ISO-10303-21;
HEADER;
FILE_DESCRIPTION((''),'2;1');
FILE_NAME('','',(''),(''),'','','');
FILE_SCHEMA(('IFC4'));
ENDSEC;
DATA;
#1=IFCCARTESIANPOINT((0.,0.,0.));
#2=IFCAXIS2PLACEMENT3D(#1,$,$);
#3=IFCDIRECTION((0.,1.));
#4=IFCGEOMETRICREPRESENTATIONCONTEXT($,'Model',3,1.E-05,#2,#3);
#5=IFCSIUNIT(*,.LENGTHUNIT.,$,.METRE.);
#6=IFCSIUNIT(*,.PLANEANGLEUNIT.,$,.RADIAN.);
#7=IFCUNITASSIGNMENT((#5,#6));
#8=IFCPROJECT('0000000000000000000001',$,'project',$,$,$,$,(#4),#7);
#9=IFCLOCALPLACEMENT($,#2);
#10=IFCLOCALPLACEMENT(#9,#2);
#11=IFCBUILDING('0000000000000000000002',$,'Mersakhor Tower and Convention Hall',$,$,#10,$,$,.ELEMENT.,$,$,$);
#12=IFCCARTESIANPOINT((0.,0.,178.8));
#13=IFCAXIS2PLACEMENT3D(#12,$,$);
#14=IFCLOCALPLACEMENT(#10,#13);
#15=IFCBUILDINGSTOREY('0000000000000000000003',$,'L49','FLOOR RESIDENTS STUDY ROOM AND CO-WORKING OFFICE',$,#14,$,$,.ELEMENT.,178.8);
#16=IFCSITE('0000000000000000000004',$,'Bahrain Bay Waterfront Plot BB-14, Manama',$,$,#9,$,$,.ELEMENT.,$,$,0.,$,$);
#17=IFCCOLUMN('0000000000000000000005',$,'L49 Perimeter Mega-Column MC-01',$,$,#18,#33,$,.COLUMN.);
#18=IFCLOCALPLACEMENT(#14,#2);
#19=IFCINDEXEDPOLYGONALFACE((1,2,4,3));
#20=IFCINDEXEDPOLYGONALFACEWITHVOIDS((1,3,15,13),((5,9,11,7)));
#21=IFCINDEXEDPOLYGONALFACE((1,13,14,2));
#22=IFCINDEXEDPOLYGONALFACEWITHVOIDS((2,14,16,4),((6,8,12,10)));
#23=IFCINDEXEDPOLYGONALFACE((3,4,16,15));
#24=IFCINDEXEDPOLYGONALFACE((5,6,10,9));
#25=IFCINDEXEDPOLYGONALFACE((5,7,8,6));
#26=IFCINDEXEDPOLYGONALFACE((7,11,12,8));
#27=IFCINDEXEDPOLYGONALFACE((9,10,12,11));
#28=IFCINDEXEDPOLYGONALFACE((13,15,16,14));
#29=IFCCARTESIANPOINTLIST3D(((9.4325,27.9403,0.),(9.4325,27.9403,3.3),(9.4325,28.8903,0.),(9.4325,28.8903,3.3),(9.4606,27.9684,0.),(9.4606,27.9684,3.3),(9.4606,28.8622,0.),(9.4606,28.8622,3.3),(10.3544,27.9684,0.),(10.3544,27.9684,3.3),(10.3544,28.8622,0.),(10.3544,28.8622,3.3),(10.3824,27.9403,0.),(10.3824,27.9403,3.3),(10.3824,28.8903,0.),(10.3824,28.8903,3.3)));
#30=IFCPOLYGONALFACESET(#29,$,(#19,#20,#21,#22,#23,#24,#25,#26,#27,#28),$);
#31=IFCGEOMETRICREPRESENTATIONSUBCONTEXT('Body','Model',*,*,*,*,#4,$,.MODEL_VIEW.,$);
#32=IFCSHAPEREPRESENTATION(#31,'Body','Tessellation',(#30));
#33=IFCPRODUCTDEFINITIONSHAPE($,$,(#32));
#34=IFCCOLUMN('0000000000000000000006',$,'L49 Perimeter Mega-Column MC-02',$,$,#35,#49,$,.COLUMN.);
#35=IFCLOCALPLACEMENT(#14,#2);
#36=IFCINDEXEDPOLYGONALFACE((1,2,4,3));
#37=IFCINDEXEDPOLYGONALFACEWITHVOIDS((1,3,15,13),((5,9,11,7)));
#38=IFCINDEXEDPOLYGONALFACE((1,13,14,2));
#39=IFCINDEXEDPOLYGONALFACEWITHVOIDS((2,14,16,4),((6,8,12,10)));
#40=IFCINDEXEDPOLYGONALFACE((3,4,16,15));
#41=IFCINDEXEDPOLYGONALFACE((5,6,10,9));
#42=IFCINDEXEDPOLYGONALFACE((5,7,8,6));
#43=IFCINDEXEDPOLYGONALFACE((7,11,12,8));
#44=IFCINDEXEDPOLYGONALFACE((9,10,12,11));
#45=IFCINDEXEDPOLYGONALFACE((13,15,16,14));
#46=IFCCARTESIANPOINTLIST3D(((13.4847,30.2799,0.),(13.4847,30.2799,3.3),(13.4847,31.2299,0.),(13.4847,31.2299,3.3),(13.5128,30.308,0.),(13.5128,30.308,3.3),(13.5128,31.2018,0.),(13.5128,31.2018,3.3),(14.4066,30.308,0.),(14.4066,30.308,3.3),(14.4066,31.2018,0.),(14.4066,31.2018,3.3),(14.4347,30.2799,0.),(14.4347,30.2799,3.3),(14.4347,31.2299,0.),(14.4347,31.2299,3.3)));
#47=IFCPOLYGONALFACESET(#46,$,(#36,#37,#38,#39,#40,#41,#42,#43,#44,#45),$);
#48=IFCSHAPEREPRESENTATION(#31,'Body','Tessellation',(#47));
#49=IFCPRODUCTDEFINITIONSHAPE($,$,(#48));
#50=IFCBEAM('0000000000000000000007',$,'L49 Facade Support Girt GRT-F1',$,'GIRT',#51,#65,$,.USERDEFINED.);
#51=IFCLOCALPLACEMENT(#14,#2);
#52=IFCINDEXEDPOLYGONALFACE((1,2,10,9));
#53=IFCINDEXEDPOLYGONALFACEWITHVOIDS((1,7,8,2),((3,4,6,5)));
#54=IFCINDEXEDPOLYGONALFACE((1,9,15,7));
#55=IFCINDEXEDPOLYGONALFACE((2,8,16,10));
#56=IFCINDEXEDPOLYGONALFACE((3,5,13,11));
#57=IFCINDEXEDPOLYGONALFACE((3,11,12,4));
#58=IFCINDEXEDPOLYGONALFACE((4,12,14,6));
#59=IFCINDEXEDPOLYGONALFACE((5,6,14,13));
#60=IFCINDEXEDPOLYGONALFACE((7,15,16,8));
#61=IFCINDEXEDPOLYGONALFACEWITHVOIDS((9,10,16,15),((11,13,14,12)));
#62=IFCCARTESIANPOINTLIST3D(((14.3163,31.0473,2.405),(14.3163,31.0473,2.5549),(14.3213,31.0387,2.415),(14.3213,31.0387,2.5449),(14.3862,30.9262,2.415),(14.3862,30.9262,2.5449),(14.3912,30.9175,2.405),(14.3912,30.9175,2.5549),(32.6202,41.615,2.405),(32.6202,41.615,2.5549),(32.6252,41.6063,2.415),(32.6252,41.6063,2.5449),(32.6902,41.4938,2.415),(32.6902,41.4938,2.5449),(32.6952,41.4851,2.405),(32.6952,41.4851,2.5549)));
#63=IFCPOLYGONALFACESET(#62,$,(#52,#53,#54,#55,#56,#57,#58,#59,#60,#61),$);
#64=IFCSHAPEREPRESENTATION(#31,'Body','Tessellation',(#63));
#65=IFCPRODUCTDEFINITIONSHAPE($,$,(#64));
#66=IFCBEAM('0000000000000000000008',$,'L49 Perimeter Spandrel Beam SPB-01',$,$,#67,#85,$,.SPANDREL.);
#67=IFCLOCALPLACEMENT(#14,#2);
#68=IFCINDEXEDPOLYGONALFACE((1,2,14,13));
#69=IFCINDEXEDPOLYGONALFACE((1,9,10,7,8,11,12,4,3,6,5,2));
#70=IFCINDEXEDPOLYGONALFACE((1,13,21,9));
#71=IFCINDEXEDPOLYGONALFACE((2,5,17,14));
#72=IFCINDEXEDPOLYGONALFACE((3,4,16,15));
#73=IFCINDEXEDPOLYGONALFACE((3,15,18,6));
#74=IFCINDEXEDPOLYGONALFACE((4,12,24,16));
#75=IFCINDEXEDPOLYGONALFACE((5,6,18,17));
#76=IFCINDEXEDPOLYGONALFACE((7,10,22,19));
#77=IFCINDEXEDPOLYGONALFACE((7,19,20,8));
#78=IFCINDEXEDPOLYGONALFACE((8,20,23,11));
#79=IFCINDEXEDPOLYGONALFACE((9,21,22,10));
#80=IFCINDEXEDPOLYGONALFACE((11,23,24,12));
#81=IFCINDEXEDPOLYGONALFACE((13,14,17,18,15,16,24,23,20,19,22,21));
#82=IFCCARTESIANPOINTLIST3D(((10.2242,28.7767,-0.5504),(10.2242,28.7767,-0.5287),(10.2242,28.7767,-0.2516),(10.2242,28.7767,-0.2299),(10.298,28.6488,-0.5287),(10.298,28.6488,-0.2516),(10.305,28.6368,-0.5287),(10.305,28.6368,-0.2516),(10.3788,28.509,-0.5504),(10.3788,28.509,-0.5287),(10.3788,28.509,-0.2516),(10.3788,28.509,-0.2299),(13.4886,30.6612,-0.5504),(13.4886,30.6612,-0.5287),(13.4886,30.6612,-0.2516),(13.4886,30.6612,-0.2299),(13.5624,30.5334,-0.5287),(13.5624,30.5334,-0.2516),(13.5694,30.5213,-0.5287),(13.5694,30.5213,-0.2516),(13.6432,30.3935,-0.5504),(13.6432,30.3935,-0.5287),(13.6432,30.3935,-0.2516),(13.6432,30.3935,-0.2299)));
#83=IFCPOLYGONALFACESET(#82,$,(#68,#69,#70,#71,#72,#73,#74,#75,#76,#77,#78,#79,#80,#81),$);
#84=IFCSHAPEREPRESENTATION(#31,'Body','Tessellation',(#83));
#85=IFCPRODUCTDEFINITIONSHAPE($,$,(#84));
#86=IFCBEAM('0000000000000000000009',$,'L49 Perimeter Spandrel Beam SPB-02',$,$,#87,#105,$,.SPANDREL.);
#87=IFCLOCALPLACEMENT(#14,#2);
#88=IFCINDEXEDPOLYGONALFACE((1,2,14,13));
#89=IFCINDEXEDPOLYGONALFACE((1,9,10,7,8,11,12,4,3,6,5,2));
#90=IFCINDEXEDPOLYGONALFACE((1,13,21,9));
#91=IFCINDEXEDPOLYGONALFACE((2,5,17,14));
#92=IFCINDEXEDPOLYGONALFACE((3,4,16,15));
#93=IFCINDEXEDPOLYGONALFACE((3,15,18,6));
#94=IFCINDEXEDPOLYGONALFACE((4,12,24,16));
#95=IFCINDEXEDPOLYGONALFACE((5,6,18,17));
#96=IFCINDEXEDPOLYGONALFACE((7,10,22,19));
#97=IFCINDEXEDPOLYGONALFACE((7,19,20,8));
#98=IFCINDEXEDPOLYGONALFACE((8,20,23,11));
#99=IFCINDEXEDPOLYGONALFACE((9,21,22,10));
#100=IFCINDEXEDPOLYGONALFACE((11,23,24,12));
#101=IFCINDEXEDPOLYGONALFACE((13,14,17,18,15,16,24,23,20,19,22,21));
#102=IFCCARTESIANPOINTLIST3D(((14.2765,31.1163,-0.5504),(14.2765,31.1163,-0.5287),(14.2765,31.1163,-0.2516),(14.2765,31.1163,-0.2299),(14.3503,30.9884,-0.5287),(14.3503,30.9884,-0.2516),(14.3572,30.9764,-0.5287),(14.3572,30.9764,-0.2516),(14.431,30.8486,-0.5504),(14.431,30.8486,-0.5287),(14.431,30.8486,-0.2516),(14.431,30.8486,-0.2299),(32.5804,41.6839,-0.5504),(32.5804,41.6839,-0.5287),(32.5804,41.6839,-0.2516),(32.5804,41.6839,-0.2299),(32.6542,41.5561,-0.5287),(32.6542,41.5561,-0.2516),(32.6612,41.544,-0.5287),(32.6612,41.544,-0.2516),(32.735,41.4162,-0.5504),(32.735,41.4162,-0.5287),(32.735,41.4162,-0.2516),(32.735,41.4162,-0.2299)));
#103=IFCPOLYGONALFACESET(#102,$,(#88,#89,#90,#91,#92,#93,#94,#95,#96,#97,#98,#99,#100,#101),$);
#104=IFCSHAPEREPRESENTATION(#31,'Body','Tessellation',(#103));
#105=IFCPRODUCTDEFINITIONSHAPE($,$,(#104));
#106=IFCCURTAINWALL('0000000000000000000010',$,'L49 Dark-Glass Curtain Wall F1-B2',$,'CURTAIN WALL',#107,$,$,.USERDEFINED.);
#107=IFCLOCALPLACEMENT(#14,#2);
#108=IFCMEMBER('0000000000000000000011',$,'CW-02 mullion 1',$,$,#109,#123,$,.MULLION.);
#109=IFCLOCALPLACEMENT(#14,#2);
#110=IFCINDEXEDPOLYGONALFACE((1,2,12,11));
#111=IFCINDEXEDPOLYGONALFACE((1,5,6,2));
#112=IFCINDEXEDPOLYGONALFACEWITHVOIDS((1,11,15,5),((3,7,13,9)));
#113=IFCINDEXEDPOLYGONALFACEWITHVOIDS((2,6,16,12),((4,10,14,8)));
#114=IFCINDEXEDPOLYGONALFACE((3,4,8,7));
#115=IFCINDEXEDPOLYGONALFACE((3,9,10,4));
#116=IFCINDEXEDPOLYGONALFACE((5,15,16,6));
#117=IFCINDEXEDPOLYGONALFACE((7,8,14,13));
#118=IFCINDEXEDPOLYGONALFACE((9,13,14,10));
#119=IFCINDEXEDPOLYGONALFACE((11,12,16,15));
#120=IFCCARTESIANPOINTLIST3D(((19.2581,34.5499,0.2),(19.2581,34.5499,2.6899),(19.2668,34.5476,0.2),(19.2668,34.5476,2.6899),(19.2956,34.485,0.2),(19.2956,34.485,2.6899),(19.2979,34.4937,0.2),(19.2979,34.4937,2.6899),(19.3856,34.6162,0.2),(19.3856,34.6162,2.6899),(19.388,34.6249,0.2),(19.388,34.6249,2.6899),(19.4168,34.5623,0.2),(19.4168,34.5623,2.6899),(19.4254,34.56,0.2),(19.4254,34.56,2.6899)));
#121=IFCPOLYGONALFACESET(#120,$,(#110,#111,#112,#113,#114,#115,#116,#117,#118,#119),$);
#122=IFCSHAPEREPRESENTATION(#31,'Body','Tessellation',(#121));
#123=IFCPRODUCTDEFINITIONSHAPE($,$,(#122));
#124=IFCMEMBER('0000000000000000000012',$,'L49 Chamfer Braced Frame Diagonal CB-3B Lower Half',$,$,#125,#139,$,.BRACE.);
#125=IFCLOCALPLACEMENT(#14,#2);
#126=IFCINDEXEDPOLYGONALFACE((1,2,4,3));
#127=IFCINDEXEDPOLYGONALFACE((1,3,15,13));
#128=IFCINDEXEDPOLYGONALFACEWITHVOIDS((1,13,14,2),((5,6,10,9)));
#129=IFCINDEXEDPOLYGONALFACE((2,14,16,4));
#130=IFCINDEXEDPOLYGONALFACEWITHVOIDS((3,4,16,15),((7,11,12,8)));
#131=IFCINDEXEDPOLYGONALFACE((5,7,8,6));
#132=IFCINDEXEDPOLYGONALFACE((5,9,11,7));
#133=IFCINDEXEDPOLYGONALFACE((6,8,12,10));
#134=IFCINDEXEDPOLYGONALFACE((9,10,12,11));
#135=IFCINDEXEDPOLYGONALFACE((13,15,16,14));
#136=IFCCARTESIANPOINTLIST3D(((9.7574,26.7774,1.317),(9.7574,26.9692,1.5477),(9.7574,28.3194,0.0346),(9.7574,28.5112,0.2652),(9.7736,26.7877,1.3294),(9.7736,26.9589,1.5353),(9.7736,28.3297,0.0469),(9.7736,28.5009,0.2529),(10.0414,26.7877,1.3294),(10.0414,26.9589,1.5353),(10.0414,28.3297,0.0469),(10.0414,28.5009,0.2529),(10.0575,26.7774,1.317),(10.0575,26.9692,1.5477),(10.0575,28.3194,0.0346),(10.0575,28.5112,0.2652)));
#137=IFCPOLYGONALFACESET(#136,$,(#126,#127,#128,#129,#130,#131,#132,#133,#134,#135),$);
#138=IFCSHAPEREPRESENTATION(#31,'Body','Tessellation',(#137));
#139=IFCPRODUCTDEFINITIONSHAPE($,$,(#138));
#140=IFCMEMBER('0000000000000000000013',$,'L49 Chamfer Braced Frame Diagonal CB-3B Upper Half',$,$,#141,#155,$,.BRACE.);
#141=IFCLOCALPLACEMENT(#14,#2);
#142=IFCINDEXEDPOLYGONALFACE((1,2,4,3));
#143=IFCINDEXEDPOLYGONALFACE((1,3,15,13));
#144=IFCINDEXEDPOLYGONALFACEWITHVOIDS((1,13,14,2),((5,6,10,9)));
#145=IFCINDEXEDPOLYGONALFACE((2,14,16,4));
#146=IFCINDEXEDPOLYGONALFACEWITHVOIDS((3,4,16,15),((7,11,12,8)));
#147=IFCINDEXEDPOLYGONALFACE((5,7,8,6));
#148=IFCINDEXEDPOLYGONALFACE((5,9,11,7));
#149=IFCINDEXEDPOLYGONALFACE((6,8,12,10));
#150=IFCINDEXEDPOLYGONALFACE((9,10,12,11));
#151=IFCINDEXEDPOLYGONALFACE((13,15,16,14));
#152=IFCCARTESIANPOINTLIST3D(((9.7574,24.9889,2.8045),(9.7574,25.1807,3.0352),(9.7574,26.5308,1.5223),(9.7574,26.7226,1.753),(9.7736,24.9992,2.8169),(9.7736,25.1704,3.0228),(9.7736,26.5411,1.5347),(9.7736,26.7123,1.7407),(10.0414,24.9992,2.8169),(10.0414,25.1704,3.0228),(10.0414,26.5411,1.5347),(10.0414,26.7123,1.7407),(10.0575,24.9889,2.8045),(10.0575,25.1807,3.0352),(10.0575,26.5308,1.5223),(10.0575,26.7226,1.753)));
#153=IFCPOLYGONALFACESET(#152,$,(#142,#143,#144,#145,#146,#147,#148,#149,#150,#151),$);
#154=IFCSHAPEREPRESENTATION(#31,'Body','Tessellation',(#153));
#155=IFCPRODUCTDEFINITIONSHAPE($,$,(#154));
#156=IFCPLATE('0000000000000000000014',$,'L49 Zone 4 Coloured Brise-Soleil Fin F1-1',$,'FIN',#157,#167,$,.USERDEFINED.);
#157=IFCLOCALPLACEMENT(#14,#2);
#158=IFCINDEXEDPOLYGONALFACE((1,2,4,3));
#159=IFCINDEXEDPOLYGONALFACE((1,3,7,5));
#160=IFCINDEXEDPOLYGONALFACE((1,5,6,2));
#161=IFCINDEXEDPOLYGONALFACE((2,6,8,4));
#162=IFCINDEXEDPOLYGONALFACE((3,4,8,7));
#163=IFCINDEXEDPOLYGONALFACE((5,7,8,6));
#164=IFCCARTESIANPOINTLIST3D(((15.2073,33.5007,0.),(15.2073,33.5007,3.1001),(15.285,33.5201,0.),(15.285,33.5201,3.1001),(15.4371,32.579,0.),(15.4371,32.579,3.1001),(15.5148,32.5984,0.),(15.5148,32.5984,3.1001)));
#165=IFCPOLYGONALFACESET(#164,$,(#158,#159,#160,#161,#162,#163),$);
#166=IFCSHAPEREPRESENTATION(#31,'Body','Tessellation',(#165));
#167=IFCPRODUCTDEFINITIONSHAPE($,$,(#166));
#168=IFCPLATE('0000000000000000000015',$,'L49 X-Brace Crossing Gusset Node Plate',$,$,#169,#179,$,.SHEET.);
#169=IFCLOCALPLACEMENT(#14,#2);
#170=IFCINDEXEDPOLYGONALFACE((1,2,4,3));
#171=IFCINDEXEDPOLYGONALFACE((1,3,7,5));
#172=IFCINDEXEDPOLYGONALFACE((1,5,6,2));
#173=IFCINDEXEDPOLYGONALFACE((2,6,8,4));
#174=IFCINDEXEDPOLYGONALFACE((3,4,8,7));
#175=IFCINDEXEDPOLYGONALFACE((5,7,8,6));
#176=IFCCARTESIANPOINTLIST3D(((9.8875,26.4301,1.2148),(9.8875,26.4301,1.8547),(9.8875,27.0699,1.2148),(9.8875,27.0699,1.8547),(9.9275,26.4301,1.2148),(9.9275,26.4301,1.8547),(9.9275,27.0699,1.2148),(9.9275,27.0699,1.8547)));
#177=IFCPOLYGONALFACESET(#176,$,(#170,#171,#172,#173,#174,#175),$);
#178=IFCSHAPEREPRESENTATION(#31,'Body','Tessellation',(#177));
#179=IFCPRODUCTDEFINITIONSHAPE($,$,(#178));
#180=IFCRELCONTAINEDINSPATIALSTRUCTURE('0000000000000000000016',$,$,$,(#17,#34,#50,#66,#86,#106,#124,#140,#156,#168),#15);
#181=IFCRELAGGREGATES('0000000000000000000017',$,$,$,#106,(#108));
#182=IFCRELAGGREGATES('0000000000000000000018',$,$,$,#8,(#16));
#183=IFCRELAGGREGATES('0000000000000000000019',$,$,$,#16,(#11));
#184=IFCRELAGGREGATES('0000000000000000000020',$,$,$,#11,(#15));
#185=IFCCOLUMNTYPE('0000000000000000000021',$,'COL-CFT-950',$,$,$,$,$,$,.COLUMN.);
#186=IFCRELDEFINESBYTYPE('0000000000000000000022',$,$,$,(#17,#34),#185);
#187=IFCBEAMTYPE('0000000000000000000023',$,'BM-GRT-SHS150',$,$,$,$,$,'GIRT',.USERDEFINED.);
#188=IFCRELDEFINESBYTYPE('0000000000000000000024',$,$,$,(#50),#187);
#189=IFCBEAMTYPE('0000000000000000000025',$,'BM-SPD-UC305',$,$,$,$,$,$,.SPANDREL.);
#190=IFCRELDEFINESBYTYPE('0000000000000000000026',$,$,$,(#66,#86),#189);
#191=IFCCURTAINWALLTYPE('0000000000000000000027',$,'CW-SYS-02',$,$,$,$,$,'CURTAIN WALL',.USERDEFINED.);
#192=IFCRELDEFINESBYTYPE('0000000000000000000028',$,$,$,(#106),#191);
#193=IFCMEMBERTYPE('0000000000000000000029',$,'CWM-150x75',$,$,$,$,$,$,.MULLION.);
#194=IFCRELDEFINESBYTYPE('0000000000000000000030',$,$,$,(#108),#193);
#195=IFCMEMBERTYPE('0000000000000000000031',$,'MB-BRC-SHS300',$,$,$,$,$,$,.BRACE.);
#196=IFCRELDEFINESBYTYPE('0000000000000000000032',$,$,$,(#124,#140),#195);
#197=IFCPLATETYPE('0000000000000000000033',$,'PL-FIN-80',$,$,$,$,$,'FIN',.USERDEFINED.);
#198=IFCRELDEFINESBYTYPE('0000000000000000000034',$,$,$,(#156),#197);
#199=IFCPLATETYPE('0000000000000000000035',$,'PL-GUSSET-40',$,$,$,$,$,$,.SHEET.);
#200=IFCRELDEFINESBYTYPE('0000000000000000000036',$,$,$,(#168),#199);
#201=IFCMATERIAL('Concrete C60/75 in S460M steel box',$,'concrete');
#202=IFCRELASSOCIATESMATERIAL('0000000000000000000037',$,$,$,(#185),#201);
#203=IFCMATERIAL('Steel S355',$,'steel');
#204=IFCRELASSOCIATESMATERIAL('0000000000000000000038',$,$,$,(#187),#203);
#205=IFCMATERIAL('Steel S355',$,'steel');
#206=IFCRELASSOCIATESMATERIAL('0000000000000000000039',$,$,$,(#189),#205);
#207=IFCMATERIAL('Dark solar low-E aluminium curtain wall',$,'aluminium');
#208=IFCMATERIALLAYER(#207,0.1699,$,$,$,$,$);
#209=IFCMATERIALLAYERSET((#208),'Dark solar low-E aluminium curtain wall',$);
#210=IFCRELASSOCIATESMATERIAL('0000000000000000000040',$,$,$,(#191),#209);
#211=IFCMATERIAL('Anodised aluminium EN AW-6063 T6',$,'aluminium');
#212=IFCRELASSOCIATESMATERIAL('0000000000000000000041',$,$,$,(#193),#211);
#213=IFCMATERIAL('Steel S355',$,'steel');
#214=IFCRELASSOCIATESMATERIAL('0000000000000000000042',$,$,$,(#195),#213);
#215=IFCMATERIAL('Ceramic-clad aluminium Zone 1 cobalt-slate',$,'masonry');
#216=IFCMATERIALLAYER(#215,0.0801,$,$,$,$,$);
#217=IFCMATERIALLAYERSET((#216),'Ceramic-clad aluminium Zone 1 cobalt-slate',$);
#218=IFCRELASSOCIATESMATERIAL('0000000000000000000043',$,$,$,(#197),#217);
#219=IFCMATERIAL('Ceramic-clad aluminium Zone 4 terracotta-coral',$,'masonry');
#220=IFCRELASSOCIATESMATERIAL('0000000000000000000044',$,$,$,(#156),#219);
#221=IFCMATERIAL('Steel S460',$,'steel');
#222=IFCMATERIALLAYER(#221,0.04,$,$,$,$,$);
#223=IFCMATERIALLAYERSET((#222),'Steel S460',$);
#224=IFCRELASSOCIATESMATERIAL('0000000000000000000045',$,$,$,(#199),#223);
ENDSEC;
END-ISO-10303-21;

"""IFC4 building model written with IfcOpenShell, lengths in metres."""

from ifc_helpers import new_model, si_unit, direction, frame, origin, origin_2d, place, context, subcontext, project, spatial, rectangle, hollow_rectangle, i_section, extrude, material, layer, layer_set, material_profile, profile_set, type_object, element, aggregate, save


model = new_model("IFC4")

# Units and contexts
model_context = context("Model", 3, precision=1e-05, world=origin(), true_north=direction((0.0, 1.0)))
body_context = subcontext(model_context, "Body", "Model", "MODEL_VIEW")
ifc_project = project(units=[si_unit("LENGTHUNIT", "METRE"), si_unit("PLANEANGLEUNIT", "RADIAN")], contexts=[model_context])

# Site, building, storey
site_placement = place(None, origin())
site = spatial("IfcSite", under=ifc_project, at=site_placement, Name="Bahrain Bay Waterfront Plot BB-14, Manama", CompositionType="ELEMENT", RefElevation=0.0)
building_placement = place(site_placement, origin())
building = spatial("IfcBuilding", under=site, at=building_placement, Name="Mersakhor Tower and Convention Hall", CompositionType="ELEMENT")
storey_placement = place(building_placement, frame((0.0, 0.0, 178.8)))
storey = spatial("IfcBuildingStorey", under=building, at=storey_placement, Name="L49", Description="FLOOR RESIDENTS STUDY ROOM AND CO-WORKING OFFICE", CompositionType="ELEMENT", Elevation=178.8)

# Columns
ifc_material_1 = material(Name="Concrete C60/75 in S460M steel box", Category="concrete")
ifc_material_profile_1 = material_profile(ifc_material_1, hollow_rectangle(XDim=0.95, YDim=0.95, WallThickness=0.0281, at=origin_2d()), Name="SHS 950x950x28")
ifc_profile_set_1 = profile_set([ifc_material_profile_1], Name="Concrete C60/75 in S460M steel box")
column_type = type_object("IfcColumnType", Name="COL-CFT-950", PredefinedType="COLUMN", material=ifc_profile_set_1)
for number, where, z_axis, x_axis, name in (
    (1, (9.9075, 28.4153, 0.0), (0.0, 0.0, 1.0), (1.0, 0.0, 0.0), "L49 Perimeter Mega-Column MC-01"),
    (2, (13.9597, 30.7549, 0.0), (0.0, 0.0, 1.0), (1.0, 0.0, 0.0), "L49 Perimeter Mega-Column MC-02"),
):
    element("IfcColumn", number, at=place(storey_placement, frame(where, z_axis=z_axis, x_axis=x_axis)), inside=storey, type_object=column_type, Name=name, PredefinedType="COLUMN", context=body_context, shape_type="SweptSolid", body=[
        extrude(hollow_rectangle(XDim=0.95, YDim=0.95, WallThickness=0.0281, at=origin_2d()), origin(), (0.0, 0.0, 1.0), 3.3),
    ])

# Beams
ifc_material_2 = material(Name="Steel S355", Category="steel")
ifc_material_profile_2 = material_profile(ifc_material_2, hollow_rectangle(XDim=0.1499, YDim=0.1499, WallThickness=0.01, at=origin_2d()), Name="SHS 150x150x10")
ifc_profile_set_2 = profile_set([ifc_material_profile_2], Name="Steel S355")
beam_type_1 = type_object("IfcBeamType", Name="BM-GRT-SHS150", ElementType="GIRT", PredefinedType="USERDEFINED", material=ifc_profile_set_2)
beam_1_placement = place(storey_placement, frame((14.3538, 30.9824, 2.48), z_axis=(0.866029, 0.499994, 0.0), x_axis=(-0.499994, 0.866029, 0.0)))
element("IfcBeam", 3, at=beam_1_placement, inside=storey, type_object=beam_type_1, Name="L49 Facade Support Girt GRT-F1", ObjectType="GIRT", PredefinedType="USERDEFINED", context=body_context, shape_type="SweptSolid", body=[
    extrude(hollow_rectangle(XDim=0.1499, YDim=0.1499, WallThickness=0.01, at=origin_2d()), origin(), (0.0, 0.0, 1.0), 21.1355),
])
ifc_material_3 = material(Name="Steel S355", Category="steel")
ifc_material_profile_3 = material_profile(ifc_material_3, i_section(OverallWidth=0.3091, OverallDepth=0.3206, WebThickness=0.0139, FlangeThickness=0.0217, at=origin_2d()), Name="UC 305x305x137")
ifc_profile_set_3 = profile_set([ifc_material_profile_3], Name="Steel S355")
beam_type_2 = type_object("IfcBeamType", Name="BM-SPD-UC305", PredefinedType="SPANDREL", material=ifc_profile_set_3)
beam_2_placement = place(storey_placement, frame((10.3015, 28.6428, -0.3901), z_axis=(0.866046, 0.499964, 0.0), x_axis=(-0.499964, 0.866046, 0.0)))
element("IfcBeam", 4, at=beam_2_placement, inside=storey, type_object=beam_type_2, Name="L49 Perimeter Spandrel Beam SPB-01", PredefinedType="SPANDREL", context=body_context, shape_type="SweptSolid", body=[
    extrude(i_section(OverallWidth=0.3091, OverallDepth=0.3206, WebThickness=0.0139, FlangeThickness=0.0217, at=origin_2d()), origin(), (0.0, 0.0, 1.0), 3.7693),
])
beam_3_placement = place(storey_placement, frame((14.3538, 30.9824, -0.3901), z_axis=(0.866029, 0.499994, 0.0), x_axis=(-0.499994, 0.866029, 0.0)))
element("IfcBeam", 5, at=beam_3_placement, inside=storey, type_object=beam_type_2, Name="L49 Perimeter Spandrel Beam SPB-02", PredefinedType="SPANDREL", context=body_context, shape_type="SweptSolid", body=[
    extrude(i_section(OverallWidth=0.3091, OverallDepth=0.3206, WebThickness=0.0139, FlangeThickness=0.0217, at=origin_2d()), origin(), (0.0, 0.0, 1.0), 21.1355),
])

# Curtain wall, member
ifc_material_4 = material(Name="Dark solar low-E aluminium curtain wall", Category="aluminium")
ifc_layer_1 = layer(ifc_material_4, 0.1699)
ifc_layer_set_1 = layer_set([ifc_layer_1], Name="Dark solar low-E aluminium curtain wall")
curtain_wall_type = type_object("IfcCurtainWallType", Name="CW-SYS-02", ElementType="CURTAIN WALL", PredefinedType="USERDEFINED", material=ifc_layer_set_1)
curtain_wall_placement = place(storey_placement, origin())
curtain_wall = element("IfcCurtainWall", 6, at=curtain_wall_placement, inside=storey, type_object=curtain_wall_type, Name="L49 Dark-Glass Curtain Wall F1-B2", ObjectType="CURTAIN WALL", PredefinedType="USERDEFINED")
ifc_material_5 = material(Name="Anodised aluminium EN AW-6063 T6", Category="aluminium")
ifc_material_profile_4 = material_profile(ifc_material_5, hollow_rectangle(XDim=0.075, YDim=0.1499, WallThickness=0.0063, at=origin_2d()), Name="RHS 150x75x6.3")
ifc_profile_set_4 = profile_set([ifc_material_profile_4], Name="Anodised aluminium EN AW-6063 T6")
member_type_1 = type_object("IfcMemberType", Name="CWM-150x75", PredefinedType="MULLION", material=ifc_profile_set_4)
member_1_placement = place(storey_placement, frame((19.3418, 34.5549, 0.2), z_axis=(0.0, 0.0, 1.0), x_axis=(-0.500008, 0.866021, 0.0)))
member_1 = element("IfcMember", 7, at=member_1_placement, type_object=member_type_1, Name="CW-02 mullion 1", PredefinedType="MULLION", context=body_context, shape_type="SweptSolid", body=[
    extrude(hollow_rectangle(XDim=0.075, YDim=0.1499, WallThickness=0.0063, at=origin_2d()), origin(), (0.0, 0.0, 1.0), 2.49),
])
aggregate(curtain_wall, [member_1])

# Members
ifc_material_6 = material(Name="Steel S355", Category="steel")
ifc_material_profile_5 = material_profile(ifc_material_6, hollow_rectangle(XDim=0.3, YDim=0.3, WallThickness=0.0161, at=origin_2d()), Name="SHS 300x300x16")
ifc_profile_set_5 = profile_set([ifc_material_profile_5], Name="Steel S355")
member_type_2 = type_object("IfcMemberType", Name="MB-BRC-SHS300", PredefinedType="BRACE", material=ifc_profile_set_5)
member_2_placement = place(storey_placement, frame((9.9075, 28.4153, 0.1499), z_axis=(0.0, -0.76884, 0.639442), x_axis=(1.0, 0.0, 0.0)))
element("IfcMember", 8, at=member_2_placement, inside=storey, type_object=member_type_2, Name="L49 Chamfer Braced Frame Diagonal CB-3B Lower Half", PredefinedType="BRACE", context=body_context, shape_type="SweptSolid", body=[
    extrude(hollow_rectangle(XDim=0.3, YDim=0.3, WallThickness=0.0161, at=origin_2d()), origin(), (0.0, 0.0, 1.0), 2.0056),
])
member_3_placement = place(storey_placement, frame((9.9075, 26.6267, 1.6377), z_axis=(0.0, -0.768899, 0.63937), x_axis=(1.0, 0.0, 0.0)))
element("IfcMember", 9, at=member_3_placement, inside=storey, type_object=member_type_2, Name="L49 Chamfer Braced Frame Diagonal CB-3B Upper Half", PredefinedType="BRACE", context=body_context, shape_type="SweptSolid", body=[
    extrude(hollow_rectangle(XDim=0.3, YDim=0.3, WallThickness=0.0161, at=origin_2d()), origin(), (0.0, 0.0, 1.0), 2.0054),
])

# Plates
ifc_material_7 = material(Name="Ceramic-clad aluminium Zone 4 terracotta-coral", Category="masonry")
ifc_material_8 = material(Name="Ceramic-clad aluminium Zone 1 cobalt-slate", Category="masonry")
ifc_layer_2 = layer(ifc_material_8, 0.0801)
ifc_layer_set_2 = layer_set([ifc_layer_2], Name="Ceramic-clad aluminium Zone 1 cobalt-slate")
plate_type_1 = type_object("IfcPlateType", Name="PL-FIN-80", ElementType="FIN", PredefinedType="USERDEFINED", material=ifc_layer_set_2)
plate_1_placement = place(storey_placement, frame((15.3611, 33.0496, 0.0), z_axis=(0.0, 0.0, 1.0), x_axis=(-0.241922, 0.970296, 0.0)))
element("IfcPlate", 10, at=plate_1_placement, inside=storey, type_object=plate_type_1, material=ifc_material_7, Name="L49 Zone 4 Coloured Brise-Soleil Fin F1-1", ObjectType="FIN", PredefinedType="USERDEFINED", context=body_context, shape_type="SweptSolid", body=[
    extrude(rectangle(XDim=0.95, YDim=0.0801, at=origin_2d()), origin(), (0.0, 0.0, 1.0), 3.1001),
])
ifc_material_9 = material(Name="Steel S460", Category="steel")
ifc_layer_3 = layer(ifc_material_9, 0.04)
ifc_layer_set_3 = layer_set([ifc_layer_3], Name="Steel S460")
plate_type_2 = type_object("IfcPlateType", Name="PL-GUSSET-40", PredefinedType="SHEET", material=ifc_layer_set_3)
plate_2_placement = place(storey_placement, frame((9.9075, 26.75, 1.2148), z_axis=(0.0, 0.0, 1.0), x_axis=(0.0, -1.0, 0.0)))
element("IfcPlate", 11, at=plate_2_placement, inside=storey, type_object=plate_type_2, Name="L49 X-Brace Crossing Gusset Node Plate", PredefinedType="SHEET", context=body_context, shape_type="SweptSolid", body=[
    extrude(rectangle(XDim=0.6399, YDim=0.04, at=origin_2d()), origin(), (0.0, 0.0, 1.0), 0.6399),
])

save(model, "model.ifc")
